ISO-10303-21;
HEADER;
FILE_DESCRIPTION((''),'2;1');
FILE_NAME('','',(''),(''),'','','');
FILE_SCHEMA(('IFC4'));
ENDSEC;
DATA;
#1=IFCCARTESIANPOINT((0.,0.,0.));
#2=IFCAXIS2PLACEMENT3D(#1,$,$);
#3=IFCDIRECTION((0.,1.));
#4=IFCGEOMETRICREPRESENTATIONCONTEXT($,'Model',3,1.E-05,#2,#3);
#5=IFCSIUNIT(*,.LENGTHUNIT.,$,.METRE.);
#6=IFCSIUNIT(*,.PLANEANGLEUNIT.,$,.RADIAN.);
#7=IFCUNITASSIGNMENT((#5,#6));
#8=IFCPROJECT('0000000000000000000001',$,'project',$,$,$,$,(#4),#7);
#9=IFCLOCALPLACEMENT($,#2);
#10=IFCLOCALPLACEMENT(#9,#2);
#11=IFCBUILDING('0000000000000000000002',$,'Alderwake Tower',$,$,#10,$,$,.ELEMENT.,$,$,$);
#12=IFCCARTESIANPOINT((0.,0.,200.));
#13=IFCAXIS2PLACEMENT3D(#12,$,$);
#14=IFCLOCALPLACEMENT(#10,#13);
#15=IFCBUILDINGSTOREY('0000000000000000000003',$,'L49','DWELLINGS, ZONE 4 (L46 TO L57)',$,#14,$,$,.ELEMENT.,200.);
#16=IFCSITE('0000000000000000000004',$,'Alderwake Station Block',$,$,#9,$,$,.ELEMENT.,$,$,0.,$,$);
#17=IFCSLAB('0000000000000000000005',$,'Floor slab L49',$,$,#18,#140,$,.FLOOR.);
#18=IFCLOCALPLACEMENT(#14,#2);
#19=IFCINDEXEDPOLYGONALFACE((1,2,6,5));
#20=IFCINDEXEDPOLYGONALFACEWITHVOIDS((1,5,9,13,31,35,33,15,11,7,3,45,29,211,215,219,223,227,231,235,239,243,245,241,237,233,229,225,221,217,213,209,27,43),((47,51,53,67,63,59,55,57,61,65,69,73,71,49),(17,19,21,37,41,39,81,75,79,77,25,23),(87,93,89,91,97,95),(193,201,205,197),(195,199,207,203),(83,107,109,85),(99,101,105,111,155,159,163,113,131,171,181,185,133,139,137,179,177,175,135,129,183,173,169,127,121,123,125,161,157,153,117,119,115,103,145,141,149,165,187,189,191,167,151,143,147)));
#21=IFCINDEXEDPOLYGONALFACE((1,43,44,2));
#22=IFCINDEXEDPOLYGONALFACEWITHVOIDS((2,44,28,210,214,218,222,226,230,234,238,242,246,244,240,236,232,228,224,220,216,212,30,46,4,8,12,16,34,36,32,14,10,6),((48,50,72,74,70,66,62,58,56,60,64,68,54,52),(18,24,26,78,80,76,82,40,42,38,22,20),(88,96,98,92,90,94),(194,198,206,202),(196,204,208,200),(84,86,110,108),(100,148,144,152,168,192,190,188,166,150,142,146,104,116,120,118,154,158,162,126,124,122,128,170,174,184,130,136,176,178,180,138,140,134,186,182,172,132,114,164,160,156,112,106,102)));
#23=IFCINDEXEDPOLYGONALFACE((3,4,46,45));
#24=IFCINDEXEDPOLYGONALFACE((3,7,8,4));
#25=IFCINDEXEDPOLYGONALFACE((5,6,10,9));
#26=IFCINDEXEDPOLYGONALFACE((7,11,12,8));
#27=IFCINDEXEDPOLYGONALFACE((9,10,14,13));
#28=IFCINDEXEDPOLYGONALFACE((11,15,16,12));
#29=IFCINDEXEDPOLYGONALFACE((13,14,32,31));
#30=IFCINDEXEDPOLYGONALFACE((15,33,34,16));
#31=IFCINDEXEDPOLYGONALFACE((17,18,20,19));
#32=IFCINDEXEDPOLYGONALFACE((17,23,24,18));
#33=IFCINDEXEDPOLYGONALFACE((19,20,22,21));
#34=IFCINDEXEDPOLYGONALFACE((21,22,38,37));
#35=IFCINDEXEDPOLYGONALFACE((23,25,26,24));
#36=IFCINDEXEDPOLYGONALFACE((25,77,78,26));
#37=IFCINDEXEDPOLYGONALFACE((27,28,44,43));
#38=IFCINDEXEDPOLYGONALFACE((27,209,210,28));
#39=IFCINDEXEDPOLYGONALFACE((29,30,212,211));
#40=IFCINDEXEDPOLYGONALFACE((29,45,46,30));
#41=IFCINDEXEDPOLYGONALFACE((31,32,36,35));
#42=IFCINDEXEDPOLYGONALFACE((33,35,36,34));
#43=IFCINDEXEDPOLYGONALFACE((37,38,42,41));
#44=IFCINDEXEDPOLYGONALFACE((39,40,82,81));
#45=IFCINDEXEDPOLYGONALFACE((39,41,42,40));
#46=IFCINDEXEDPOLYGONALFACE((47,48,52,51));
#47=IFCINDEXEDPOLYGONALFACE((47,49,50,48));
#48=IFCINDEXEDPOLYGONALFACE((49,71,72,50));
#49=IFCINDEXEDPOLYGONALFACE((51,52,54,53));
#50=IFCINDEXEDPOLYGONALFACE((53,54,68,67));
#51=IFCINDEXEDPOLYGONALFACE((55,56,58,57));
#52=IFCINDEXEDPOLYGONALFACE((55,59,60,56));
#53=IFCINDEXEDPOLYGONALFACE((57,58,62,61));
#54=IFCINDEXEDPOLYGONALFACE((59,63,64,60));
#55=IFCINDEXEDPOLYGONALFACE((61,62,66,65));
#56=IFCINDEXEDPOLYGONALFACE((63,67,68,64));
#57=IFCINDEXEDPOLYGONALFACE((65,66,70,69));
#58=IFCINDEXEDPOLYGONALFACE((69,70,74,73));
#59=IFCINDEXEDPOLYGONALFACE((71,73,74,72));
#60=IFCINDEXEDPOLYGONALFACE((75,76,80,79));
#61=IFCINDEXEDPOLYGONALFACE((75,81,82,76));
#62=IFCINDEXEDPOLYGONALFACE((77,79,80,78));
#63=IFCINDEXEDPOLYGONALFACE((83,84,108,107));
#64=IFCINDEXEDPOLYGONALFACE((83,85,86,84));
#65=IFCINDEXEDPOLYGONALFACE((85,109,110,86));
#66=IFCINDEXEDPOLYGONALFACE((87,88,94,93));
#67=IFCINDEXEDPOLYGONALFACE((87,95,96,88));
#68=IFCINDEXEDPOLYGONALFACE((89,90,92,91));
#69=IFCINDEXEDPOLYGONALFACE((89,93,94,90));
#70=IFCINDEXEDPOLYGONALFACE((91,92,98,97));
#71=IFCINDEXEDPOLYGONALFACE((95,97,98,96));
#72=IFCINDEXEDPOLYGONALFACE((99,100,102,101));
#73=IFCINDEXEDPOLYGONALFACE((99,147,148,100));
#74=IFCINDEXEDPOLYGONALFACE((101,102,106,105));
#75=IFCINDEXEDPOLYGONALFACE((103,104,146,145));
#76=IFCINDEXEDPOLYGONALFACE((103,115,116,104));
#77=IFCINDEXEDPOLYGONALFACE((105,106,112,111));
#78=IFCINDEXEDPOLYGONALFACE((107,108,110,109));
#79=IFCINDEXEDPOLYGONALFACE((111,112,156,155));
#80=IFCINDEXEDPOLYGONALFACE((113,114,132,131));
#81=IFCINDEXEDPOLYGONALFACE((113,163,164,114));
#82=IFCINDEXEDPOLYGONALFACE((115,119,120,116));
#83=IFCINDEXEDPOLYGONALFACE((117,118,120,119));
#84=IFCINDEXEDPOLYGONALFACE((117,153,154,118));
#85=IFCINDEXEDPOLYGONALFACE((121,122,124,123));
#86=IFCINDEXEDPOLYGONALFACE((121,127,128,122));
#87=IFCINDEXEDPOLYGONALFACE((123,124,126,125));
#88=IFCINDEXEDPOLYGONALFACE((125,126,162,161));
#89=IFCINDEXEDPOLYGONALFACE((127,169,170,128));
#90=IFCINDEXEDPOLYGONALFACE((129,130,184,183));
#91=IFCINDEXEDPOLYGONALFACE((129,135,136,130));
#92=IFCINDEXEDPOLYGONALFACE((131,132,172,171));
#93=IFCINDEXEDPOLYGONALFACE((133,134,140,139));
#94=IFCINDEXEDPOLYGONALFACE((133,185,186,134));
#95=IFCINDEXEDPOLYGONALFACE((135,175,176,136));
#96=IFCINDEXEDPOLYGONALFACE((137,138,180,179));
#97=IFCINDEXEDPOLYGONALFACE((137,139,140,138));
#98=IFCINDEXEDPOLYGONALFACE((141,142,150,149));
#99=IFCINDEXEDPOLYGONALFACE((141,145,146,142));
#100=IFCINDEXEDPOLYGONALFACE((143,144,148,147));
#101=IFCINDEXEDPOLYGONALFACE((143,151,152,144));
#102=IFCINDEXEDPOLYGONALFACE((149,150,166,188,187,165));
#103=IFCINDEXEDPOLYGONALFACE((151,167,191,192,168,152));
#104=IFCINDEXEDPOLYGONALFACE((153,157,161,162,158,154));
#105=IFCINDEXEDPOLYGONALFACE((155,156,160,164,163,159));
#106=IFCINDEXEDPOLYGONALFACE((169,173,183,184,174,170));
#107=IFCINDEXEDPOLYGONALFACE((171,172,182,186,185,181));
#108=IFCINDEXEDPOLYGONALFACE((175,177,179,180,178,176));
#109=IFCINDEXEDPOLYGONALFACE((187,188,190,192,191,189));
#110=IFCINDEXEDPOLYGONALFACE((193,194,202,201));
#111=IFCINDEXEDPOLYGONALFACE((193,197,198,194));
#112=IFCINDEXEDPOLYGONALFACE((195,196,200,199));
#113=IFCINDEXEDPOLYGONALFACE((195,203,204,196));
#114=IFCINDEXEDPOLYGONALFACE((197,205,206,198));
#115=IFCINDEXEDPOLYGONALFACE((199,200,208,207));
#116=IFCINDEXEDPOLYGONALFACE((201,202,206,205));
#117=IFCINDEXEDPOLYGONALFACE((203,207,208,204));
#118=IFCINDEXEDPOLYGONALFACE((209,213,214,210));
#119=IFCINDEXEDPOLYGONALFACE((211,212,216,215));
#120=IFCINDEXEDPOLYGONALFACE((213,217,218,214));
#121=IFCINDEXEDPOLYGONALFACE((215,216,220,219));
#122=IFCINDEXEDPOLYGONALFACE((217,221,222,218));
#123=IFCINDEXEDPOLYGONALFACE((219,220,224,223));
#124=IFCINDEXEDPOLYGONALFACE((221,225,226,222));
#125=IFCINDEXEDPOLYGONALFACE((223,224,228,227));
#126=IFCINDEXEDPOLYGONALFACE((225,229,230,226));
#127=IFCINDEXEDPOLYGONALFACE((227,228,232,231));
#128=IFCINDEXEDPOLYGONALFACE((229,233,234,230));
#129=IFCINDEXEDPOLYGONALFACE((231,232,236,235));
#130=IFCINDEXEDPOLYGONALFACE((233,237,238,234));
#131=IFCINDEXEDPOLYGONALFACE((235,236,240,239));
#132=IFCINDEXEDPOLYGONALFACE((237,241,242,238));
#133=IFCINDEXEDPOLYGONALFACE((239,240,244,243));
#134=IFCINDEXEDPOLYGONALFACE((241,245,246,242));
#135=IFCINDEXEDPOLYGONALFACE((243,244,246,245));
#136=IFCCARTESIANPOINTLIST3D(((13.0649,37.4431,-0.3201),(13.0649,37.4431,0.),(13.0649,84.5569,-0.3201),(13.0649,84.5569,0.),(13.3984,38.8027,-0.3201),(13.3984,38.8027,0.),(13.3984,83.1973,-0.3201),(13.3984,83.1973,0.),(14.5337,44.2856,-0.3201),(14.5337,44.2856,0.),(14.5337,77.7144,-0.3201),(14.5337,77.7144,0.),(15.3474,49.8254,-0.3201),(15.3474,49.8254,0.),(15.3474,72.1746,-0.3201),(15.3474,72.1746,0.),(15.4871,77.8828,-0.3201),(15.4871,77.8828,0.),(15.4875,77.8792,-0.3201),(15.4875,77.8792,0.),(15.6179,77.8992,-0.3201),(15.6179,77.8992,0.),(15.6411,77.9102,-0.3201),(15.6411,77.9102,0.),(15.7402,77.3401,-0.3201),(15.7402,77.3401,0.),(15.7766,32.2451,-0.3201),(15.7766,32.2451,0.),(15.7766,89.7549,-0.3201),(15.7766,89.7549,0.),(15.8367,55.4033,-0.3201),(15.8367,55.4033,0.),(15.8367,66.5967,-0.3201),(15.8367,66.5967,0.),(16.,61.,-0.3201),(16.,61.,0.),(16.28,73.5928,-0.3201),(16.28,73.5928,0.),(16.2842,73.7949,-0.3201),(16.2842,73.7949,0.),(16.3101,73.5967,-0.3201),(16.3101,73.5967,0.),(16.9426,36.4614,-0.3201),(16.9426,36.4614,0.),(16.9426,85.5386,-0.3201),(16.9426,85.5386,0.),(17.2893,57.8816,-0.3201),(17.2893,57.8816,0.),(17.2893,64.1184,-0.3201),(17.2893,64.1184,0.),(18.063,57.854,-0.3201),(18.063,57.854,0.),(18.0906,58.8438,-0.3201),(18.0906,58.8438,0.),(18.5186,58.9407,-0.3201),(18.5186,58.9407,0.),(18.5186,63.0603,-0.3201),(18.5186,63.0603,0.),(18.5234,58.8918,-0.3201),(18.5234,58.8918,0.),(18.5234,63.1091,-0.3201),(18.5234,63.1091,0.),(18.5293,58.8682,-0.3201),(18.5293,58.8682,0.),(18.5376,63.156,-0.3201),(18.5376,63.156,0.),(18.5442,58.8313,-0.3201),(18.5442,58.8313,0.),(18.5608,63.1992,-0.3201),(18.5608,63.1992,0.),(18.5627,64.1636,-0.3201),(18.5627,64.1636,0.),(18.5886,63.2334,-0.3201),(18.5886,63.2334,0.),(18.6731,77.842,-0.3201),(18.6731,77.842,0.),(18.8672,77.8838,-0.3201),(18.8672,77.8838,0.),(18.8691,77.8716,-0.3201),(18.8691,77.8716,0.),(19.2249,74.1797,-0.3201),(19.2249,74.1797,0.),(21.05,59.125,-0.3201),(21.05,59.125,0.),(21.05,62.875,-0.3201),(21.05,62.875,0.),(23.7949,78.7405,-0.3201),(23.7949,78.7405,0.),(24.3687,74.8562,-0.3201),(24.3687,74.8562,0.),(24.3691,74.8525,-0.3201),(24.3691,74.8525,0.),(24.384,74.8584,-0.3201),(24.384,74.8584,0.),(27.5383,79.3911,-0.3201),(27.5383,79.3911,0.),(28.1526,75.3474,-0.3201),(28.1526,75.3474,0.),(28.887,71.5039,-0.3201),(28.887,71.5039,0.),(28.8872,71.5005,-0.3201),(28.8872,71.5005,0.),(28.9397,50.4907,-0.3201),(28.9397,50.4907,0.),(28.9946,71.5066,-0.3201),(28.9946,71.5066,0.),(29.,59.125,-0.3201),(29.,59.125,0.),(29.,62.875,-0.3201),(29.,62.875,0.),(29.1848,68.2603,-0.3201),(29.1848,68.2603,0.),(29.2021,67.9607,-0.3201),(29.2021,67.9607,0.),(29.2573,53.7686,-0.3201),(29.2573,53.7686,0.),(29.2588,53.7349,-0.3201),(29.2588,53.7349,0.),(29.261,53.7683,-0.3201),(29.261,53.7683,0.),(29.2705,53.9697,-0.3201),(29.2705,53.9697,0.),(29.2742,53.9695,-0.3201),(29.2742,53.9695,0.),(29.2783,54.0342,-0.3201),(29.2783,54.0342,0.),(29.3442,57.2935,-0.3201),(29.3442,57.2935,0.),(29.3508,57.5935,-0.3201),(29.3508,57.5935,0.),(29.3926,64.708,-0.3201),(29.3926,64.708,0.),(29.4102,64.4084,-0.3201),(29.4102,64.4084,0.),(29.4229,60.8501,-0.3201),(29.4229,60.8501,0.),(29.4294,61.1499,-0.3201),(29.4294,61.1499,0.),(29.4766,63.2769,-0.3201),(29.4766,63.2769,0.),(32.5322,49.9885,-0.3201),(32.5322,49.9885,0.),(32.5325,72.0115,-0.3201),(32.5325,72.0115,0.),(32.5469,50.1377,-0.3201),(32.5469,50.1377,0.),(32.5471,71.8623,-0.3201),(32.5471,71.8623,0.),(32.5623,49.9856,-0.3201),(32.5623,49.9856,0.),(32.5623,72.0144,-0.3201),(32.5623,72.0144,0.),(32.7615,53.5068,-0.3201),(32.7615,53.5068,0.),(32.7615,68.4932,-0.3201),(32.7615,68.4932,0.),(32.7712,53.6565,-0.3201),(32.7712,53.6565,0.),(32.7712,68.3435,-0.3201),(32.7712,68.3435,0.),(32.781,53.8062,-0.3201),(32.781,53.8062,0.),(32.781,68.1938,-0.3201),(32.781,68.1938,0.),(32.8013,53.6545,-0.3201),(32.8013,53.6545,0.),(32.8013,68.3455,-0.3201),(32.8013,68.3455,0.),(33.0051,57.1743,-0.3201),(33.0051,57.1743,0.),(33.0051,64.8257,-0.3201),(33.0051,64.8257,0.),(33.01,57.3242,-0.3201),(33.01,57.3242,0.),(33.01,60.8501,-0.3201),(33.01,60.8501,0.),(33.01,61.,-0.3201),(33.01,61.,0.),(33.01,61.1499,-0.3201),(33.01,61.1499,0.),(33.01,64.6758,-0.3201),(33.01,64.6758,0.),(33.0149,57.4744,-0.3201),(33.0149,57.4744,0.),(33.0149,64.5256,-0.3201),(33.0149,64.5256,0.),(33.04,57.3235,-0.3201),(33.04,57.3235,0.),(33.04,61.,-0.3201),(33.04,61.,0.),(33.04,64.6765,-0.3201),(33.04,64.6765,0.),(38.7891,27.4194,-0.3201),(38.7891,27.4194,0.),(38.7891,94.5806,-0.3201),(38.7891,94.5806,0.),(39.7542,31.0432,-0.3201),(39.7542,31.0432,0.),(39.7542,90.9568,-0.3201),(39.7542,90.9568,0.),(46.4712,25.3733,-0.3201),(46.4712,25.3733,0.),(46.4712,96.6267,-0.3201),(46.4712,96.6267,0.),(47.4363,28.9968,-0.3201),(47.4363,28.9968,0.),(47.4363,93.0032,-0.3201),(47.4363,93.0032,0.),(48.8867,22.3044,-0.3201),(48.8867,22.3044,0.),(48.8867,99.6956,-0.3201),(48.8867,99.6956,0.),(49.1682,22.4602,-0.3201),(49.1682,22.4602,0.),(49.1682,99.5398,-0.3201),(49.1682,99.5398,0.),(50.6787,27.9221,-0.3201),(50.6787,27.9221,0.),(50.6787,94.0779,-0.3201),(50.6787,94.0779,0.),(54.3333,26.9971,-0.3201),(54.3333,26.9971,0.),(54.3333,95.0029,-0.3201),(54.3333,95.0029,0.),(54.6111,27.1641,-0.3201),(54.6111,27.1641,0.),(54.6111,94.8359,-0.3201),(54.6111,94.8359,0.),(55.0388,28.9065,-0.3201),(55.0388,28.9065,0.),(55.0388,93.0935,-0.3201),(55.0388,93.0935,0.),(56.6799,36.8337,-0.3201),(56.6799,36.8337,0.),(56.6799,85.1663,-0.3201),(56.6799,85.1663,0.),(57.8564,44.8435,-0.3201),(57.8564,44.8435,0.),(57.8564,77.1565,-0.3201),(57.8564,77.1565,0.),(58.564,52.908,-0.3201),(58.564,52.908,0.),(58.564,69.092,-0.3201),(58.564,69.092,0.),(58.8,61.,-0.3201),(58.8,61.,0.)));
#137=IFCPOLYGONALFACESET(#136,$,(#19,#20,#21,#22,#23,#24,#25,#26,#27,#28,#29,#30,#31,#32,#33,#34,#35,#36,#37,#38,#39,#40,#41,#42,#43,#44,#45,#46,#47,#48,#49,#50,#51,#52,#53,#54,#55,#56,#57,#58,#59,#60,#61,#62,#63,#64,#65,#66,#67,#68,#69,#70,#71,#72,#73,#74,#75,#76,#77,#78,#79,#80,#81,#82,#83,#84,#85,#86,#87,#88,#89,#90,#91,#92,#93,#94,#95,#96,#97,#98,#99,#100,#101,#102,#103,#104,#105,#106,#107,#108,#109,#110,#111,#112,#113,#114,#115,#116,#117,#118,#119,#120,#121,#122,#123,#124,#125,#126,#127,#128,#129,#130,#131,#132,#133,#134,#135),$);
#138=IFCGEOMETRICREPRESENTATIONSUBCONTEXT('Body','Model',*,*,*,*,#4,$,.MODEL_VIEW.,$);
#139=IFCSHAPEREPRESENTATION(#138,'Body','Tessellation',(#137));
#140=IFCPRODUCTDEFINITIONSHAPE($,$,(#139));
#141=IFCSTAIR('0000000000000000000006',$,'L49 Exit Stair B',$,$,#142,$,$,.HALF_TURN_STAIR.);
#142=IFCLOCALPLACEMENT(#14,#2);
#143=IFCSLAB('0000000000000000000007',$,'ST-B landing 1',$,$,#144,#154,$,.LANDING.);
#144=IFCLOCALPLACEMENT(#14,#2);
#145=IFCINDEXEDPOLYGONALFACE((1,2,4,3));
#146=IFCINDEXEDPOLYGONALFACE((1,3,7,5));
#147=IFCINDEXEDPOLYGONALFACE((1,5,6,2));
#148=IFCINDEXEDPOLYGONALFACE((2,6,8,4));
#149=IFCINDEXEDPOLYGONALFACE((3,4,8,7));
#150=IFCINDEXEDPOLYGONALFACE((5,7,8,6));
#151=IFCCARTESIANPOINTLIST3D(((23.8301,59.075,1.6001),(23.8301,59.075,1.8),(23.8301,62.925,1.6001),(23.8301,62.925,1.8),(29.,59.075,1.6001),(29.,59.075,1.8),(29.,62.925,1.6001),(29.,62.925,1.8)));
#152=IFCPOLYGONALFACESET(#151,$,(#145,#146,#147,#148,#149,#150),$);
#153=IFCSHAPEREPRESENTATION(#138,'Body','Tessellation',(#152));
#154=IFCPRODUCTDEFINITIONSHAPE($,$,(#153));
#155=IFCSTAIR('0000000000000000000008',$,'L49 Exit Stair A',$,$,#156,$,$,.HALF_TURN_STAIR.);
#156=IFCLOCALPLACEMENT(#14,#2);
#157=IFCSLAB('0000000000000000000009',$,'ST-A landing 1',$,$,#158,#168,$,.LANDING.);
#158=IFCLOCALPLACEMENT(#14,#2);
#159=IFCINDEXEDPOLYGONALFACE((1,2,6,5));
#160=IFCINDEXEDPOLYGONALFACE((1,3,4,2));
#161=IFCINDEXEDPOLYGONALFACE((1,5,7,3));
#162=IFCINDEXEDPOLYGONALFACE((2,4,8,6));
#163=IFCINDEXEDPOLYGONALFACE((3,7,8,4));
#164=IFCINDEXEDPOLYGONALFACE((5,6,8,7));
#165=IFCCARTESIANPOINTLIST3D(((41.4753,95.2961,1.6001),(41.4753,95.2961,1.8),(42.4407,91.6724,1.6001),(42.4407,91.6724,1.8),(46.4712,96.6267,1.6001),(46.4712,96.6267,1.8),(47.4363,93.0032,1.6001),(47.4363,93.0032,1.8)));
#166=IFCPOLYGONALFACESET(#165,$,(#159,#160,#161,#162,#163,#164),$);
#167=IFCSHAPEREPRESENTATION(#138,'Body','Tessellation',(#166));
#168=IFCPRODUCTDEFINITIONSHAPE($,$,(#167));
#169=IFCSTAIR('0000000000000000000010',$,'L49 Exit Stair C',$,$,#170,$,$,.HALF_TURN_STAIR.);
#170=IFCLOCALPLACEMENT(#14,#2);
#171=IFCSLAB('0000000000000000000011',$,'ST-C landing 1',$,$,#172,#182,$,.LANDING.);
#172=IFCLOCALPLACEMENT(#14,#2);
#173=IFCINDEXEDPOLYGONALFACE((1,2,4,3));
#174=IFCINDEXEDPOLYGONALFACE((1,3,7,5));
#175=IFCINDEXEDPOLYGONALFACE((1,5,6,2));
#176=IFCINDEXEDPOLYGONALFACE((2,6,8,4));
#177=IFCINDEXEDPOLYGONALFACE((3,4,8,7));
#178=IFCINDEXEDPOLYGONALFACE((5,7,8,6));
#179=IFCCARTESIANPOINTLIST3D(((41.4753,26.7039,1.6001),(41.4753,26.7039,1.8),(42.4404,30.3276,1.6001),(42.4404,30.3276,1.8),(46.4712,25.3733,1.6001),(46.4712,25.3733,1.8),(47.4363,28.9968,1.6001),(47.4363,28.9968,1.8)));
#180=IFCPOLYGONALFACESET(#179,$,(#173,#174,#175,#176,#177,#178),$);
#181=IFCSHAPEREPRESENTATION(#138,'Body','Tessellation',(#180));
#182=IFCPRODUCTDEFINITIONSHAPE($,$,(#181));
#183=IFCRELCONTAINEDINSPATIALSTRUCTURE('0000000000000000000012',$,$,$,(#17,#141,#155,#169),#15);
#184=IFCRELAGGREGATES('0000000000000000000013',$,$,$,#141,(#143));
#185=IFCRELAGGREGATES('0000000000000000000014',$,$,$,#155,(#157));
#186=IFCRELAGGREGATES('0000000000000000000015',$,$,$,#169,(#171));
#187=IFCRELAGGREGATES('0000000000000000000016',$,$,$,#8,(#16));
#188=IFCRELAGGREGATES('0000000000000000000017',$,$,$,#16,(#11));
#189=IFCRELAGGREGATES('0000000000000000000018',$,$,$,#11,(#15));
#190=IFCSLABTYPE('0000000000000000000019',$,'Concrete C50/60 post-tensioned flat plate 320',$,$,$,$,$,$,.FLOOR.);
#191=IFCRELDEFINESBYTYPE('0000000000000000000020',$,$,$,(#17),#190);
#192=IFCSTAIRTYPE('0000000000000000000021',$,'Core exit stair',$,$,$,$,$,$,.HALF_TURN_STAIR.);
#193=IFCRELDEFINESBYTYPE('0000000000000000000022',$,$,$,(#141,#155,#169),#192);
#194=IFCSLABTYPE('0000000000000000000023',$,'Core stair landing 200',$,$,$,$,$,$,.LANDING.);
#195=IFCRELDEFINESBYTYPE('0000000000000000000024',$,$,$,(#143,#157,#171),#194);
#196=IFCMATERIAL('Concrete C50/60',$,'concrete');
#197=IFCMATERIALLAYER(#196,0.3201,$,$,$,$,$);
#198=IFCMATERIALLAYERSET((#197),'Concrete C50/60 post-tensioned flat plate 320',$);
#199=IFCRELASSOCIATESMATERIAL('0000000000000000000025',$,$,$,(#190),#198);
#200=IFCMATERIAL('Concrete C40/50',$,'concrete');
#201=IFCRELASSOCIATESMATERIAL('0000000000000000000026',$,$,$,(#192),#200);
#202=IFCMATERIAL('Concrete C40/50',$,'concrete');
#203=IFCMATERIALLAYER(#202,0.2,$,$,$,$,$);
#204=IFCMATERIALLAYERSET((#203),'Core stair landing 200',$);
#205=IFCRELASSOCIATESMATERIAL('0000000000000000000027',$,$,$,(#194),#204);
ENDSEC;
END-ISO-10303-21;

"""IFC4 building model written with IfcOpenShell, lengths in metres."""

from ifc_helpers import new_model, si_unit, direction, frame, origin, place, context, subcontext, project, spatial, polyline, outline, extrude, material, layer, layer_set, type_object, element, aggregate, save


model = new_model("IFC4")

# Units and contexts
model_context = context("Model", 3, precision=1e-05, world=origin(), true_north=direction((0.0, 1.0)))
body_context = subcontext(model_context, "Body", "Model", "MODEL_VIEW")
ifc_project = project(units=[si_unit("LENGTHUNIT", "METRE"), si_unit("PLANEANGLEUNIT", "RADIAN")], contexts=[model_context])

# Site, building, storey
site_placement = place(None, origin())
site = spatial("IfcSite", under=ifc_project, at=site_placement, Name="Alderwake Station Block", CompositionType="ELEMENT", RefElevation=0.0)
building_placement = place(site_placement, origin())
building = spatial("IfcBuilding", under=site, at=building_placement, Name="Alderwake Tower", CompositionType="ELEMENT")
storey_placement = place(building_placement, frame((0.0, 0.0, 200.0)))
storey = spatial("IfcBuildingStorey", under=building, at=storey_placement, Name="L49", Description="DWELLINGS, ZONE 4 (L46 TO L57)", CompositionType="ELEMENT", Elevation=200.0)

# Slab
ifc_material_1 = material(Name="Concrete C50/60", Category="concrete")
ifc_layer_1 = layer(ifc_material_1, 0.3201)
ifc_layer_set_1 = layer_set([ifc_layer_1], Name="Concrete C50/60 post-tensioned flat plate 320")
slab_type_1 = type_object("IfcSlabType", Name="Concrete C50/60 post-tensioned flat plate 320", PredefinedType="FLOOR", material=ifc_layer_set_1)
slab_1_placement = place(storey_placement, frame((0.0, 0.0, -0.3201)))
element("IfcSlab", 1, at=slab_1_placement, inside=storey, type_object=slab_type_1, Name="Floor slab L49", PredefinedType="FLOOR", context=body_context, shape_type="SweptSolid", body=[
    extrude(outline(polyline([(13.0649, 37.4431), (13.3984, 38.8027), (14.5337, 44.2856), (15.3474, 49.8254), (15.8367, 55.4033), (16.0, 61.0), (15.8367, 66.5967), (15.3474, 72.1746), (14.5337, 77.7144), (13.3984, 83.1973), (13.0649, 84.5569), (16.9426, 85.5386), (15.7766, 89.7549), (48.8867, 99.6956), (49.1682, 99.5398), (50.6787, 94.0779), (54.3333, 95.0029), (54.6111, 94.8359), (55.0388, 93.0935), (56.6799, 85.1663), (57.8564, 77.1565), (58.564, 69.092), (58.8, 61.0), (58.564, 52.908), (57.8564, 44.8435), (56.6799, 36.8337), (55.0388, 28.9065), (54.6111, 27.1641), (54.3333, 26.9971), (50.6787, 27.9221), (49.1682, 22.4602), (48.8867, 22.3044), (15.7766, 32.2451), (16.9426, 36.4614), (13.0649, 37.4431)]), holes=[polyline([(29.2573, 53.7686), (28.9397, 50.4907), (32.5469, 50.1377), (32.5322, 49.9885), (32.5623, 49.9856), (32.8013, 53.6545), (33.04, 57.3235), (33.04, 61.0), (33.04, 64.6765), (32.8013, 68.3455), (32.5623, 72.0144), (32.5325, 72.0115), (32.5471, 71.8623), (28.887, 71.5039), (28.8872, 71.5005), (28.9946, 71.5066), (29.1848, 68.2603), (32.7615, 68.4932), (32.7712, 68.3435), (32.781, 68.1938), (29.2021, 67.9607), (29.3926, 64.708), (33.0051, 64.8257), (33.01, 64.6758), (33.0149, 64.5256), (29.4102, 64.4084), (29.4766, 63.2769), (29.4294, 61.1499), (33.01, 61.1499), (33.01, 61.0), (33.01, 60.8501), (29.4229, 60.8501), (29.3508, 57.5935), (33.0149, 57.4744), (33.01, 57.3242), (33.0051, 57.1743), (29.3442, 57.2935), (29.2705, 53.9697), (29.2742, 53.9695), (29.2783, 54.0342), (32.781, 53.8062), (32.7712, 53.6565), (32.7615, 53.5068), (29.2588, 53.7349), (29.261, 53.7683), (29.2573, 53.7686)]), polyline([(21.05, 62.875), (21.05, 59.125), (29.0, 59.125), (29.0, 62.875), (21.05, 62.875)]), polyline([(15.6411, 77.9102), (15.4871, 77.8828), (15.4875, 77.8792), (15.6179, 77.8992), (16.28, 73.5928), (16.3101, 73.5967), (16.2842, 73.7949), (19.2249, 74.1797), (18.6731, 77.842), (18.8691, 77.8716), (18.8672, 77.8838), (15.7402, 77.3401), (15.6411, 77.9102)]), polyline([(27.5383, 79.3911), (23.7949, 78.7405), (24.384, 74.8584), (24.3687, 74.8562), (24.3691, 74.8525), (28.1526, 75.3474), (27.5383, 79.3911)]), polyline([(47.4363, 28.9968), (39.7542, 31.0432), (38.7891, 27.4194), (46.4712, 25.3733), (47.4363, 28.9968)]), polyline([(46.4712, 96.6267), (38.7891, 94.5806), (39.7542, 90.9568), (47.4363, 93.0032), (46.4712, 96.6267)]), polyline([(17.2893, 64.1184), (17.2893, 57.8816), (18.063, 57.854), (18.0906, 58.8438), (18.5442, 58.8313), (18.5293, 58.8682), (18.5234, 58.8918), (18.5186, 58.9407), (18.5186, 63.0603), (18.5234, 63.1091), (18.5376, 63.156), (18.5608, 63.1992), (18.5886, 63.2334), (18.5627, 64.1636), (17.2893, 64.1184)])]), origin(), (0.0, 0.0, 1.0), 0.3201),
])

# Stairs, slabs
ifc_material_2 = material(Name="Concrete C40/50", Category="concrete")
stair_type = type_object("IfcStairType", Name="Core exit stair", PredefinedType="HALF_TURN_STAIR", material=ifc_material_2)
stair_1_placement = place(storey_placement, origin())
stair_1 = element("IfcStair", 2, at=stair_1_placement, inside=storey, type_object=stair_type, Name="L49 Exit Stair B", PredefinedType="HALF_TURN_STAIR")
ifc_material_3 = material(Name="Concrete C40/50", Category="concrete")
ifc_layer_2 = layer(ifc_material_3, 0.2)
ifc_layer_set_2 = layer_set([ifc_layer_2], Name="Core stair landing 200")
slab_type_2 = type_object("IfcSlabType", Name="Core stair landing 200", PredefinedType="LANDING", material=ifc_layer_set_2)
slab_2_placement = place(storey_placement, frame((0.0, 0.0, 1.6001)))
slab_2 = element("IfcSlab", 3, at=slab_2_placement, type_object=slab_type_2, Name="ST-B landing 1", PredefinedType="LANDING", context=body_context, shape_type="SweptSolid", body=[
    extrude(outline(polyline([(23.8301, 59.075), (29.0, 59.075), (29.0, 62.925), (23.8301, 62.925), (23.8301, 59.075)])), origin(), (0.0, 0.0, 1.0), 0.2),
])
aggregate(stair_1, [slab_2])
stair_2_placement = place(storey_placement, origin())
stair_2 = element("IfcStair", 4, at=stair_2_placement, inside=storey, type_object=stair_type, Name="L49 Exit Stair A", PredefinedType="HALF_TURN_STAIR")
slab_3_placement = place(storey_placement, frame((0.0, 0.0, 1.6001)))
slab_3 = element("IfcSlab", 5, at=slab_3_placement, type_object=slab_type_2, Name="ST-A landing 1", PredefinedType="LANDING", context=body_context, shape_type="SweptSolid", body=[
    extrude(outline(polyline([(42.4407, 91.6724), (47.4363, 93.0032), (46.4712, 96.6267), (41.4753, 95.2961), (42.4407, 91.6724)])), origin(), (0.0, 0.0, 1.0), 0.2),
])
aggregate(stair_2, [slab_3])
stair_3_placement = place(storey_placement, origin())
stair_3 = element("IfcStair", 6, at=stair_3_placement, inside=storey, type_object=stair_type, Name="L49 Exit Stair C", PredefinedType="HALF_TURN_STAIR")
slab_4_placement = place(storey_placement, frame((0.0, 0.0, 1.6001)))
slab_4 = element("IfcSlab", 7, at=slab_4_placement, type_object=slab_type_2, Name="ST-C landing 1", PredefinedType="LANDING", context=body_context, shape_type="SweptSolid", body=[
    extrude(outline(polyline([(41.4753, 26.7039), (46.4712, 25.3733), (47.4363, 28.9968), (42.4404, 30.3276), (41.4753, 26.7039)])), origin(), (0.0, 0.0, 1.0), 0.2),
])
aggregate(stair_3, [slab_4])

save(model, "model.ifc")
